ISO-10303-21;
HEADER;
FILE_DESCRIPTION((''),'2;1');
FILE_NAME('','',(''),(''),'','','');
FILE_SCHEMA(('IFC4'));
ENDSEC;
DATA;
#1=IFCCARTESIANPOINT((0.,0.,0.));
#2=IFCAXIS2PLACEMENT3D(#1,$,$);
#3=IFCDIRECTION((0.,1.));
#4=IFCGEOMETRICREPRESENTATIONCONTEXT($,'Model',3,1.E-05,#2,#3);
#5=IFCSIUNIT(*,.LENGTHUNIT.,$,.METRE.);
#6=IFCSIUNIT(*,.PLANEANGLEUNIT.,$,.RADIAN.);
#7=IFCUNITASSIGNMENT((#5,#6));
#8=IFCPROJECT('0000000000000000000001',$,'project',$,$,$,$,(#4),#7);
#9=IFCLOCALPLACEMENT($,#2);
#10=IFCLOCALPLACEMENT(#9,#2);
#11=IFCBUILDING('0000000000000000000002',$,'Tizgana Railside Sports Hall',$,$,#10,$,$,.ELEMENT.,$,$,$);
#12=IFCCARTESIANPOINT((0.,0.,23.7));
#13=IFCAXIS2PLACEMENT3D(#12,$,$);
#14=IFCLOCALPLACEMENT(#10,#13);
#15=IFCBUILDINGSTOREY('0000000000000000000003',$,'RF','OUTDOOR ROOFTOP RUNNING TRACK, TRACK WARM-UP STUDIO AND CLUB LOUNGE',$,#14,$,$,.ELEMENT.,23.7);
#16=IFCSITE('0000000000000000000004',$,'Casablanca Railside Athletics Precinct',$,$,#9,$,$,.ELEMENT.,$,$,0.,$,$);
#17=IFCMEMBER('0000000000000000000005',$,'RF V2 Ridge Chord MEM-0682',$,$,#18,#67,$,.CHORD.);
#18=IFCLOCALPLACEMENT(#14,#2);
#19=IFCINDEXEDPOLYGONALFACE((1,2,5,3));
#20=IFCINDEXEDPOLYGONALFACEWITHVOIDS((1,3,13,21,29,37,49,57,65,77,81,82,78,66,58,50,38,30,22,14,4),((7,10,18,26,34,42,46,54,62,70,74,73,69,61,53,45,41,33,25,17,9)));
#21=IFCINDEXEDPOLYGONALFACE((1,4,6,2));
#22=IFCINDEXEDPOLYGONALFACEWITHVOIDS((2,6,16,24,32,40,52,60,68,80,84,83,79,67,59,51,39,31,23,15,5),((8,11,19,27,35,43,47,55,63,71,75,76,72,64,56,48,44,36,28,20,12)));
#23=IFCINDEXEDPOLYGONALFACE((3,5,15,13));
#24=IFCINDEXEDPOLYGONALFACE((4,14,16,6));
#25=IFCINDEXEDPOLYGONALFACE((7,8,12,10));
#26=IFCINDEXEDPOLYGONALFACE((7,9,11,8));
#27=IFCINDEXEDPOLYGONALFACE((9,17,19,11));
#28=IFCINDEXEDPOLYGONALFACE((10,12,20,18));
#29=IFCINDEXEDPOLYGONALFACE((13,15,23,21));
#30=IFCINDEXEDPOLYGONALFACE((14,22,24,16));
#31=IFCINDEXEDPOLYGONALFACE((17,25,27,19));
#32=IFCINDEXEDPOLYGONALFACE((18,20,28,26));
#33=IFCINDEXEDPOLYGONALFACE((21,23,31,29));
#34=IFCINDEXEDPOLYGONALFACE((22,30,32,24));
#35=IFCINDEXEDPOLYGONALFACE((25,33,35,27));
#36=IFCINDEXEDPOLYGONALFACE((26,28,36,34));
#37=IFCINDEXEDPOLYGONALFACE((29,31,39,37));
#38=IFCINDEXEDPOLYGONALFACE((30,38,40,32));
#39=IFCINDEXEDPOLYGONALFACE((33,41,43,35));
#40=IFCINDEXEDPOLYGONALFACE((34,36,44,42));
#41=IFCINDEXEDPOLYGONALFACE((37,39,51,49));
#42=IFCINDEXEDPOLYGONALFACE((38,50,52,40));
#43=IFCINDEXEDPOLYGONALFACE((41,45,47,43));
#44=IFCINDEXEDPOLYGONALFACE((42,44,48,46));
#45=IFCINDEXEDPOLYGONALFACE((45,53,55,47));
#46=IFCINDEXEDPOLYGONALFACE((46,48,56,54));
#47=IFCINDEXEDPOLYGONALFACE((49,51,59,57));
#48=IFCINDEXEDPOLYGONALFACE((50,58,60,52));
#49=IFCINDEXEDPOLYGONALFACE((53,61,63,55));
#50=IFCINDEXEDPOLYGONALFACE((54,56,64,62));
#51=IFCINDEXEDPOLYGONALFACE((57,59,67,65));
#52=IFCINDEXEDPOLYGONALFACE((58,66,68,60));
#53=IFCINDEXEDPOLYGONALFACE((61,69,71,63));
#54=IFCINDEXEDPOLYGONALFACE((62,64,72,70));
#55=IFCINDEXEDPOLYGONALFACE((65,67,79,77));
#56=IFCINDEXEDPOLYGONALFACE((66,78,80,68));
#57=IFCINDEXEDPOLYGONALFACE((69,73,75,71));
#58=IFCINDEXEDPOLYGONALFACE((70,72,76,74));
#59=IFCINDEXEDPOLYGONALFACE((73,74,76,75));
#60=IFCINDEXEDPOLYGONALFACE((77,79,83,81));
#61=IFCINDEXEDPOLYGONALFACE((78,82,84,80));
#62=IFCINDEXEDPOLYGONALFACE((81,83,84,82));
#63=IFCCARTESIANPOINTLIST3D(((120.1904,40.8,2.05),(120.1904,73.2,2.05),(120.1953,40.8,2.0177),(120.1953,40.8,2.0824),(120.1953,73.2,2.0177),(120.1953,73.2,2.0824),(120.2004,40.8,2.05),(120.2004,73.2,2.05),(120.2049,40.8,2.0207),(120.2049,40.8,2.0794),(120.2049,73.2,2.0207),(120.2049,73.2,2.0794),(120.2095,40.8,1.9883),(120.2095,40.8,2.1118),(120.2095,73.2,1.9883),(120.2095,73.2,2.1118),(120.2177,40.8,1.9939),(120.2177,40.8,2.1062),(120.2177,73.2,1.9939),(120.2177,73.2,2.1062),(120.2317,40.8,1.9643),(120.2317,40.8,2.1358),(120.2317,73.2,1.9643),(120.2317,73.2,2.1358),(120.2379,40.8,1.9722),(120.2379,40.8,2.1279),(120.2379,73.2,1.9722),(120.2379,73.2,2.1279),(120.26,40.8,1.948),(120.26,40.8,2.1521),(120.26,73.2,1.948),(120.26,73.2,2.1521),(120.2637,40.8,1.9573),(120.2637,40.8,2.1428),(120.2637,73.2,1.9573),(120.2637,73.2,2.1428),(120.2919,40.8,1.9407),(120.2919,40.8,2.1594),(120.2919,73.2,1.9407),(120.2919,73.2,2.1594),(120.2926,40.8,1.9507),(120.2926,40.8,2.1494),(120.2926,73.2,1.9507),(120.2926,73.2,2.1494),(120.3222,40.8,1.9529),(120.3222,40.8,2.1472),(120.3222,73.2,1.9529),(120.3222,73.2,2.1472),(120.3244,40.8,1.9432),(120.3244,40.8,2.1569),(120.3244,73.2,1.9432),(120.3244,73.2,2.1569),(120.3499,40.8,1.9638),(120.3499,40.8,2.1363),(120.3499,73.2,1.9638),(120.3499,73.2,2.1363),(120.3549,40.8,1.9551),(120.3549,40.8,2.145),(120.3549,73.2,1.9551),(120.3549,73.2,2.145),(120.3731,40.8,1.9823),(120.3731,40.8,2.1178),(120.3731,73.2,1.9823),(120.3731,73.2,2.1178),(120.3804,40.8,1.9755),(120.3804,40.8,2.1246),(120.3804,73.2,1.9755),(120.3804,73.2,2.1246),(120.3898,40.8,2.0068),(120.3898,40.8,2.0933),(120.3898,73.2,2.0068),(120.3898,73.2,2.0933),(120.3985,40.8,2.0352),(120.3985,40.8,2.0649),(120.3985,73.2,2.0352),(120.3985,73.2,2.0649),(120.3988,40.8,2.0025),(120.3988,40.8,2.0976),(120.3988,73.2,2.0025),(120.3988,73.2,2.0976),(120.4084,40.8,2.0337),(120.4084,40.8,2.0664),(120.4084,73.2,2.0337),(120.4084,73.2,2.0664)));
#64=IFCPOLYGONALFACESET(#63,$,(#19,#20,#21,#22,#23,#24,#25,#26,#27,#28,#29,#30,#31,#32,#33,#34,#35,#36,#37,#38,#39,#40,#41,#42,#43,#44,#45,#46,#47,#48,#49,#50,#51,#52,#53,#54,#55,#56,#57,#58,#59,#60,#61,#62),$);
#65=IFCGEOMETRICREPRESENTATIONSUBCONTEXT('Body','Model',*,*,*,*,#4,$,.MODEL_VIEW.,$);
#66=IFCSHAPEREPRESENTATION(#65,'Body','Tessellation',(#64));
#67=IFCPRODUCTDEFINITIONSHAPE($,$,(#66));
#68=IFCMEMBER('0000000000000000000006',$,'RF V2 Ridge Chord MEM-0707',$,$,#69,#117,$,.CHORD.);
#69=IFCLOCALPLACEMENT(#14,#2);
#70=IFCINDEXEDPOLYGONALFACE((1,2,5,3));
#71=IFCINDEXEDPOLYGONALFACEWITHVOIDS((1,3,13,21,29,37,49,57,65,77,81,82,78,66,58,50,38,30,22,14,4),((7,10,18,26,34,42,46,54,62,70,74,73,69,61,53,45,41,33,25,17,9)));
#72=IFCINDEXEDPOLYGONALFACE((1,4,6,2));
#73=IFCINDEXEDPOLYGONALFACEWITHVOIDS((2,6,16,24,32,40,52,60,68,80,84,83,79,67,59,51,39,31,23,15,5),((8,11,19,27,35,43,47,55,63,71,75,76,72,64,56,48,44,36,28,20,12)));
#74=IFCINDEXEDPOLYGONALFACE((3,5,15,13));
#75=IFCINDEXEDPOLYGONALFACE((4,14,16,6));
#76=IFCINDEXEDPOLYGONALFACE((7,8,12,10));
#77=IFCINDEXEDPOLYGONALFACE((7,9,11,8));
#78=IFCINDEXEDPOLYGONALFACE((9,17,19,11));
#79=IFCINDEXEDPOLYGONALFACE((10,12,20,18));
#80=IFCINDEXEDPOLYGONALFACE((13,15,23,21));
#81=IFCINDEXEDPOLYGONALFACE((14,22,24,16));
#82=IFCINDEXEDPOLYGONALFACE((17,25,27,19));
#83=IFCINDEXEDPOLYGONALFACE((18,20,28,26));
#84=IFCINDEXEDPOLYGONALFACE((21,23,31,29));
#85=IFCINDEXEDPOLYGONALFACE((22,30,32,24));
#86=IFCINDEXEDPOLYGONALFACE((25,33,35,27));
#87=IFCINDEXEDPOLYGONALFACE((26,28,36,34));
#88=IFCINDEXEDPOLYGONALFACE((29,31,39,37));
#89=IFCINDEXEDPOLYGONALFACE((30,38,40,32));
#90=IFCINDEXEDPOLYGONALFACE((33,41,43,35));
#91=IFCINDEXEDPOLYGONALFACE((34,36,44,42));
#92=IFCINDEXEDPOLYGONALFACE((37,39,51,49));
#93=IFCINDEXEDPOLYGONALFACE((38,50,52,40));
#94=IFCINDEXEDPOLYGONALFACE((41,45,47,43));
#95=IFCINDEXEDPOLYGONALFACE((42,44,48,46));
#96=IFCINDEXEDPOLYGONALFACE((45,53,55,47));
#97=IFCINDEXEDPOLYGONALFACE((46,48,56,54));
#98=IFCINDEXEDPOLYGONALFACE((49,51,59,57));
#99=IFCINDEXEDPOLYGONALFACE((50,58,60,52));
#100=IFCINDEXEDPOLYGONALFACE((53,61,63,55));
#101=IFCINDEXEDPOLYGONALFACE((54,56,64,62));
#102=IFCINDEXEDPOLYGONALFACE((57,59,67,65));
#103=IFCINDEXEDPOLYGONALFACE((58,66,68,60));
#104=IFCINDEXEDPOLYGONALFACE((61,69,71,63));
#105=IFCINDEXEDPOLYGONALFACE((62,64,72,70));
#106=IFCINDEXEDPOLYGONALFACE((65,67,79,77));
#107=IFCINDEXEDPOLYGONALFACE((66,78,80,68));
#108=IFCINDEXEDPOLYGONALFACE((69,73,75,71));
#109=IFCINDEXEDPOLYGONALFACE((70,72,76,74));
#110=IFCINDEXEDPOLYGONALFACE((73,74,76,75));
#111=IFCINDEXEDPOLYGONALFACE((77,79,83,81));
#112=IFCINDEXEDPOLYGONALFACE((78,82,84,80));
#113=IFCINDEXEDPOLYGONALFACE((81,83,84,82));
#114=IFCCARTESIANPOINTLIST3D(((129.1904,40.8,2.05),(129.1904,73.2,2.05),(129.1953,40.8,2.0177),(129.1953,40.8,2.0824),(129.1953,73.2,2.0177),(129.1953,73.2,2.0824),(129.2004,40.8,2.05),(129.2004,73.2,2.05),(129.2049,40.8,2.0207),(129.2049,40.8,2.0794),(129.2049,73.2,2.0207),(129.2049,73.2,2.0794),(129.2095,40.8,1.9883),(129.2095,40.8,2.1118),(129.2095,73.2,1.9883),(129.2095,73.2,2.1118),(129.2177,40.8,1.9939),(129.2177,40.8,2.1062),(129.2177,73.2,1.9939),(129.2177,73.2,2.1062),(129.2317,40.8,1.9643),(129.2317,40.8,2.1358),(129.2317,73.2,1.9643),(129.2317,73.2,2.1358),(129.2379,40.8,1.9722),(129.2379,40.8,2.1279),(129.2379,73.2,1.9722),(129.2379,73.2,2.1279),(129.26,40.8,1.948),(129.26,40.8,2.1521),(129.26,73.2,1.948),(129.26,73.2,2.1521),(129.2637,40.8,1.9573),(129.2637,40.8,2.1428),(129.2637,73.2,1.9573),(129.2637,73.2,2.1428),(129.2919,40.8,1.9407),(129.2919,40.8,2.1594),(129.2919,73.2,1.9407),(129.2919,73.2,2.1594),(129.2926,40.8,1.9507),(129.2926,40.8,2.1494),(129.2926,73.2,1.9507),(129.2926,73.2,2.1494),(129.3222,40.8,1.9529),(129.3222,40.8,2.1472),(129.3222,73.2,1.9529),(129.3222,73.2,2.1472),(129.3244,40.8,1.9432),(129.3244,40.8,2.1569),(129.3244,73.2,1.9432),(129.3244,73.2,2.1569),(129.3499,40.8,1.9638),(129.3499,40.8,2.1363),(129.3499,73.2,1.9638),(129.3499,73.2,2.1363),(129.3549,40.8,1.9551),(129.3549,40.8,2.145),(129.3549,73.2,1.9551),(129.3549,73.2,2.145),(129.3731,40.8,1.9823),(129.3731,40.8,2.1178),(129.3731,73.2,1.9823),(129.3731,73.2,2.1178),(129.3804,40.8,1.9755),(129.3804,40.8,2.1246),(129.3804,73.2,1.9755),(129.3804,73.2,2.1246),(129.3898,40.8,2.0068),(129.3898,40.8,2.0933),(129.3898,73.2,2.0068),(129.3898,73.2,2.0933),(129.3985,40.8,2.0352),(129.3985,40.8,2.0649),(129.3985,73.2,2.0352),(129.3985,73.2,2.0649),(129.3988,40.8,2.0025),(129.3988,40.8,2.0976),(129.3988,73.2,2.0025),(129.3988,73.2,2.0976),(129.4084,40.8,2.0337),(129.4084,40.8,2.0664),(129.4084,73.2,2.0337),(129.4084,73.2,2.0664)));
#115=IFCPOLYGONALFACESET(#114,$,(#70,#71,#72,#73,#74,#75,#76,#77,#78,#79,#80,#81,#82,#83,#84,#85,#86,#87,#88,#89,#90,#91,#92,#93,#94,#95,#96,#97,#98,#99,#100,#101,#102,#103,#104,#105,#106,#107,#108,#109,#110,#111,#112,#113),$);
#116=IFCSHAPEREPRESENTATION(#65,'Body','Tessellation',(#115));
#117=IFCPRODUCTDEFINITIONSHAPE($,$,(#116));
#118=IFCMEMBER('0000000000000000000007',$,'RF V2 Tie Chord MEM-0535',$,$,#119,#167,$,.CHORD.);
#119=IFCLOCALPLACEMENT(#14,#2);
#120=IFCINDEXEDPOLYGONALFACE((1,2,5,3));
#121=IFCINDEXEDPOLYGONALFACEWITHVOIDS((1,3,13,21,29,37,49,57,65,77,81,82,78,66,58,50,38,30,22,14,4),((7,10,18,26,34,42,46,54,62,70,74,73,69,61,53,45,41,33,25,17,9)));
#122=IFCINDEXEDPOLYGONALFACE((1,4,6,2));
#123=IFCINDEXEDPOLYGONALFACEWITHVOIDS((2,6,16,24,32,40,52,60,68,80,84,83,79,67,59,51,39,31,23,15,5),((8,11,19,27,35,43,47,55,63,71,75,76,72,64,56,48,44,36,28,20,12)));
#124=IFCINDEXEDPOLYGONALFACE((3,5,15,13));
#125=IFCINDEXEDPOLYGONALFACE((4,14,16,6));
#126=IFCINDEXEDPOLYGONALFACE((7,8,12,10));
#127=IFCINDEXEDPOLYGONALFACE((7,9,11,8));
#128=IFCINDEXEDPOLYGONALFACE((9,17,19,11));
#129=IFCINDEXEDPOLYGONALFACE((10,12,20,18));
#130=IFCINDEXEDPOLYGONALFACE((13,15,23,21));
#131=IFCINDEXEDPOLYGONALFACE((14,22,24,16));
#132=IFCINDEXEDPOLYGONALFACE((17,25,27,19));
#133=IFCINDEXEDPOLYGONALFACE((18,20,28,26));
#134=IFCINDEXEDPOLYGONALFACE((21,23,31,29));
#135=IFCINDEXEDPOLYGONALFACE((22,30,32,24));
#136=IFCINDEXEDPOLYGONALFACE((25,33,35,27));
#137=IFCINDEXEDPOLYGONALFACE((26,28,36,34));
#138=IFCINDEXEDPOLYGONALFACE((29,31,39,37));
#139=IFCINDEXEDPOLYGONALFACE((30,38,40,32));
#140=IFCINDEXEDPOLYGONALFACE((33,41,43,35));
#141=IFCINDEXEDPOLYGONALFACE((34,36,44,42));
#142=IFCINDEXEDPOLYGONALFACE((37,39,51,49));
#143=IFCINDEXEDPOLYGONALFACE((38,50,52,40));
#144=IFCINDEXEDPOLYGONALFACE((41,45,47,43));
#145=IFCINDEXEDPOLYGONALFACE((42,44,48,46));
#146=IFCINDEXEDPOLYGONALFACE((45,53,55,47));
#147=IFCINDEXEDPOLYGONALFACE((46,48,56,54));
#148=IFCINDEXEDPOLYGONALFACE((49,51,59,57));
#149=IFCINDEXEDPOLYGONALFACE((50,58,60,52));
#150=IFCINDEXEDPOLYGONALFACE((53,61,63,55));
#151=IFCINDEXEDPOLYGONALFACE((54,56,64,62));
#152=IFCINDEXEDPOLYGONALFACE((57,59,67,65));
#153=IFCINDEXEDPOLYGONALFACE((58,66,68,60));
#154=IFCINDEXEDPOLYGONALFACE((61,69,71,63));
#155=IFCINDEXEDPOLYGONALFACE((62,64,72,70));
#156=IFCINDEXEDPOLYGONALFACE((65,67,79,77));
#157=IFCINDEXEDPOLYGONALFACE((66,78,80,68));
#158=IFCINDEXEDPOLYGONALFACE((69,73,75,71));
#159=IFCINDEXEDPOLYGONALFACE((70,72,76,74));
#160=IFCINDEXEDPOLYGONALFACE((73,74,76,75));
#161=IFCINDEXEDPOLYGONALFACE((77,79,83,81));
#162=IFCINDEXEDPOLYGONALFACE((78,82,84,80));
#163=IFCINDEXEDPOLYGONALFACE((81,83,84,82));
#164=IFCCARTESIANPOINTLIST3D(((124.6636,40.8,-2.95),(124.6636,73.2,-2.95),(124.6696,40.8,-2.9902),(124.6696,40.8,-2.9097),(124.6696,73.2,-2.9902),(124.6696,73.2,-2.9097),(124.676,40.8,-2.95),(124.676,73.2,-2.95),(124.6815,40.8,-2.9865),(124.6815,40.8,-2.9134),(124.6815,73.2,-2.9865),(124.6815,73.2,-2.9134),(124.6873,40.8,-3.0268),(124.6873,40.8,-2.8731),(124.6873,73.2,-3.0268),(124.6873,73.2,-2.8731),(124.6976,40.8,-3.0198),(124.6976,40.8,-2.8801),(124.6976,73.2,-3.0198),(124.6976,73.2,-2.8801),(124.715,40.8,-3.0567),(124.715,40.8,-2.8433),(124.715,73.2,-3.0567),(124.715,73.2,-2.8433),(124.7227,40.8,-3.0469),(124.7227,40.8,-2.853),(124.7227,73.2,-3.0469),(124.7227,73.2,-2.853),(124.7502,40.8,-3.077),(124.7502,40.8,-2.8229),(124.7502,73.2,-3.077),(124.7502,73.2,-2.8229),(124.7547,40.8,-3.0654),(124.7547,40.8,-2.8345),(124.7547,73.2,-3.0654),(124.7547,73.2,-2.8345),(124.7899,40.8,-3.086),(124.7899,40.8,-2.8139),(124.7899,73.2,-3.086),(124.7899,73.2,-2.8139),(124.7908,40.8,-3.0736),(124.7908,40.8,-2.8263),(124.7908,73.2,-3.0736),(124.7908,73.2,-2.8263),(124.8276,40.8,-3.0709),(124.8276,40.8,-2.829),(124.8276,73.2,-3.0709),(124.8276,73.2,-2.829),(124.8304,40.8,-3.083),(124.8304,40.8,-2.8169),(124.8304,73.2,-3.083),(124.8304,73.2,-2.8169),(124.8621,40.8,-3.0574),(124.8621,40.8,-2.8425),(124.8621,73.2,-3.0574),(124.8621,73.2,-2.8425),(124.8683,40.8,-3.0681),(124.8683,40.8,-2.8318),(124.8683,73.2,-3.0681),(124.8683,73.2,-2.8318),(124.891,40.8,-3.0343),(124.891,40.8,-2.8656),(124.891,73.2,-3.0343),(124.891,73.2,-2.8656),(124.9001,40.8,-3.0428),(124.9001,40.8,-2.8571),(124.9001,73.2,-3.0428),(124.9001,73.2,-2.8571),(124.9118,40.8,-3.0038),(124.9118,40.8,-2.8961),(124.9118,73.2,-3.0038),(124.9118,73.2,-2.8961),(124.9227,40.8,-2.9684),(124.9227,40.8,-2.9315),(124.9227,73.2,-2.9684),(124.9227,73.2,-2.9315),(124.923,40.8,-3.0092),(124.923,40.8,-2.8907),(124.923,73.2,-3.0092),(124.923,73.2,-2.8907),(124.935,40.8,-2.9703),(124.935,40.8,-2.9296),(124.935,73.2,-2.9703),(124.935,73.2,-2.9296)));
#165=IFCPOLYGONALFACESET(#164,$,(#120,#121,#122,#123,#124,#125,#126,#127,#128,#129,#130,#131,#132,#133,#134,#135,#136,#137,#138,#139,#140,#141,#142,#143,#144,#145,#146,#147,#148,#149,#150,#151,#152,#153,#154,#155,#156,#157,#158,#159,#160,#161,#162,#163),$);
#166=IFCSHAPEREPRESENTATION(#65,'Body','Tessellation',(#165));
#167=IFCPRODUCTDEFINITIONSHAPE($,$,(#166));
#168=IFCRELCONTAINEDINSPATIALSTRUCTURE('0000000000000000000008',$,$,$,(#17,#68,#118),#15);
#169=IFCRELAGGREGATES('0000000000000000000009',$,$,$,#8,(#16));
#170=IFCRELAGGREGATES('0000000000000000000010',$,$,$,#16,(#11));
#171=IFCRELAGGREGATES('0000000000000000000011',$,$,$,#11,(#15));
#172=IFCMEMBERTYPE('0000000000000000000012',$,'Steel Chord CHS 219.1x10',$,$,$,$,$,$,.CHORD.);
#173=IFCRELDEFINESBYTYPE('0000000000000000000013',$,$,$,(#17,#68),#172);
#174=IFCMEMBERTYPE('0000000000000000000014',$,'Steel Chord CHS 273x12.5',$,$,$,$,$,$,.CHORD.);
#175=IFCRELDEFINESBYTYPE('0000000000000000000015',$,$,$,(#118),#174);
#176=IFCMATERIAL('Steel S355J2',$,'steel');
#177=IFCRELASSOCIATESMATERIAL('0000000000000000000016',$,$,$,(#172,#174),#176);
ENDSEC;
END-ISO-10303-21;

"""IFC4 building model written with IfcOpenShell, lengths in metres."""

from ifc_helpers import new_model, si_unit, direction, frame, origin, origin_2d, place, context, subcontext, project, spatial, hollow_circle, extrude, material, material_profile, profile_set, type_object, element, save


model = new_model("IFC4")

# Units and contexts
model_context = context("Model", 3, precision=1e-05, world=origin(), true_north=direction((0.0, 1.0)))
body_context = subcontext(model_context, "Body", "Model", "MODEL_VIEW")
ifc_project = project(units=[si_unit("LENGTHUNIT", "METRE"), si_unit("PLANEANGLEUNIT", "RADIAN")], contexts=[model_context])

# Site, building, storey
site_placement = place(None, origin())
site = spatial("IfcSite", under=ifc_project, at=site_placement, Name="Casablanca Railside Athletics Precinct", CompositionType="ELEMENT", RefElevation=0.0)
building_placement = place(site_placement, origin())
building = spatial("IfcBuilding", under=site, at=building_placement, Name="Tizgana Railside Sports Hall", CompositionType="ELEMENT")
storey_placement = place(building_placement, frame((0.0, 0.0, 23.7)))
storey = spatial("IfcBuildingStorey", under=building, at=storey_placement, Name="RF", Description="OUTDOOR ROOFTOP RUNNING TRACK, TRACK WARM-UP STUDIO AND CLUB LOUNGE", CompositionType="ELEMENT", Elevation=23.7)

# Members
ifc_material_1 = material(Name="Steel S355J2", Category="steel")
ifc_material_profile_1 = material_profile(ifc_material_1, hollow_circle(Radius=0.1096, WallThickness=0.01, at=origin_2d()), Name="CHS 219.1x10")
ifc_profile_set_1 = profile_set([ifc_material_profile_1], Name="Steel S355J2")
member_type_1 = type_object("IfcMemberType", Name="Steel Chord CHS 219.1x10", PredefinedType="CHORD", material=ifc_profile_set_1)
for number, where, z_axis, x_axis, name in (
    (1, (120.3, 40.8, 2.05), (0.0, 1.0, 0.0), (-1.0, 0.0, 0.0), "RF V2 Ridge Chord MEM-0682"),
    (2, (129.3, 40.8, 2.05), (0.0, 1.0, 0.0), (-1.0, 0.0, 0.0), "RF V2 Ridge Chord MEM-0707"),
):
    element("IfcMember", number, at=place(storey_placement, frame(where, z_axis=z_axis, x_axis=x_axis)), inside=storey, type_object=member_type_1, Name=name, PredefinedType="CHORD", context=body_context, shape_type="SweptSolid", body=[
        extrude(hollow_circle(Radius=0.1096, WallThickness=0.01, at=origin_2d()), origin(), (0.0, 0.0, 1.0), 32.3999),
    ])
ifc_material_profile_2 = material_profile(ifc_material_1, hollow_circle(Radius=0.1365, WallThickness=0.0125, at=origin_2d()), Name="CHS 273x12.5")
ifc_profile_set_2 = profile_set([ifc_material_profile_2], Name="Steel S355J2")
member_type_2 = type_object("IfcMemberType", Name="Steel Chord CHS 273x12.5", PredefinedType="CHORD", material=ifc_profile_set_2)
for number, where, z_axis, x_axis, name in (
    (3, (124.8, 40.8, -2.95), (0.0, 1.0, 0.0), (-1.0, 0.0, 0.0), "RF V2 Tie Chord MEM-0535"),
):
    element("IfcMember", number, at=place(storey_placement, frame(where, z_axis=z_axis, x_axis=x_axis)), inside=storey, type_object=member_type_2, Name=name, PredefinedType="CHORD", context=body_context, shape_type="SweptSolid", body=[
        extrude(hollow_circle(Radius=0.1365, WallThickness=0.0125, at=origin_2d()), origin(), (0.0, 0.0, 1.0), 32.3999),
    ])

save(model, "model.ifc")
